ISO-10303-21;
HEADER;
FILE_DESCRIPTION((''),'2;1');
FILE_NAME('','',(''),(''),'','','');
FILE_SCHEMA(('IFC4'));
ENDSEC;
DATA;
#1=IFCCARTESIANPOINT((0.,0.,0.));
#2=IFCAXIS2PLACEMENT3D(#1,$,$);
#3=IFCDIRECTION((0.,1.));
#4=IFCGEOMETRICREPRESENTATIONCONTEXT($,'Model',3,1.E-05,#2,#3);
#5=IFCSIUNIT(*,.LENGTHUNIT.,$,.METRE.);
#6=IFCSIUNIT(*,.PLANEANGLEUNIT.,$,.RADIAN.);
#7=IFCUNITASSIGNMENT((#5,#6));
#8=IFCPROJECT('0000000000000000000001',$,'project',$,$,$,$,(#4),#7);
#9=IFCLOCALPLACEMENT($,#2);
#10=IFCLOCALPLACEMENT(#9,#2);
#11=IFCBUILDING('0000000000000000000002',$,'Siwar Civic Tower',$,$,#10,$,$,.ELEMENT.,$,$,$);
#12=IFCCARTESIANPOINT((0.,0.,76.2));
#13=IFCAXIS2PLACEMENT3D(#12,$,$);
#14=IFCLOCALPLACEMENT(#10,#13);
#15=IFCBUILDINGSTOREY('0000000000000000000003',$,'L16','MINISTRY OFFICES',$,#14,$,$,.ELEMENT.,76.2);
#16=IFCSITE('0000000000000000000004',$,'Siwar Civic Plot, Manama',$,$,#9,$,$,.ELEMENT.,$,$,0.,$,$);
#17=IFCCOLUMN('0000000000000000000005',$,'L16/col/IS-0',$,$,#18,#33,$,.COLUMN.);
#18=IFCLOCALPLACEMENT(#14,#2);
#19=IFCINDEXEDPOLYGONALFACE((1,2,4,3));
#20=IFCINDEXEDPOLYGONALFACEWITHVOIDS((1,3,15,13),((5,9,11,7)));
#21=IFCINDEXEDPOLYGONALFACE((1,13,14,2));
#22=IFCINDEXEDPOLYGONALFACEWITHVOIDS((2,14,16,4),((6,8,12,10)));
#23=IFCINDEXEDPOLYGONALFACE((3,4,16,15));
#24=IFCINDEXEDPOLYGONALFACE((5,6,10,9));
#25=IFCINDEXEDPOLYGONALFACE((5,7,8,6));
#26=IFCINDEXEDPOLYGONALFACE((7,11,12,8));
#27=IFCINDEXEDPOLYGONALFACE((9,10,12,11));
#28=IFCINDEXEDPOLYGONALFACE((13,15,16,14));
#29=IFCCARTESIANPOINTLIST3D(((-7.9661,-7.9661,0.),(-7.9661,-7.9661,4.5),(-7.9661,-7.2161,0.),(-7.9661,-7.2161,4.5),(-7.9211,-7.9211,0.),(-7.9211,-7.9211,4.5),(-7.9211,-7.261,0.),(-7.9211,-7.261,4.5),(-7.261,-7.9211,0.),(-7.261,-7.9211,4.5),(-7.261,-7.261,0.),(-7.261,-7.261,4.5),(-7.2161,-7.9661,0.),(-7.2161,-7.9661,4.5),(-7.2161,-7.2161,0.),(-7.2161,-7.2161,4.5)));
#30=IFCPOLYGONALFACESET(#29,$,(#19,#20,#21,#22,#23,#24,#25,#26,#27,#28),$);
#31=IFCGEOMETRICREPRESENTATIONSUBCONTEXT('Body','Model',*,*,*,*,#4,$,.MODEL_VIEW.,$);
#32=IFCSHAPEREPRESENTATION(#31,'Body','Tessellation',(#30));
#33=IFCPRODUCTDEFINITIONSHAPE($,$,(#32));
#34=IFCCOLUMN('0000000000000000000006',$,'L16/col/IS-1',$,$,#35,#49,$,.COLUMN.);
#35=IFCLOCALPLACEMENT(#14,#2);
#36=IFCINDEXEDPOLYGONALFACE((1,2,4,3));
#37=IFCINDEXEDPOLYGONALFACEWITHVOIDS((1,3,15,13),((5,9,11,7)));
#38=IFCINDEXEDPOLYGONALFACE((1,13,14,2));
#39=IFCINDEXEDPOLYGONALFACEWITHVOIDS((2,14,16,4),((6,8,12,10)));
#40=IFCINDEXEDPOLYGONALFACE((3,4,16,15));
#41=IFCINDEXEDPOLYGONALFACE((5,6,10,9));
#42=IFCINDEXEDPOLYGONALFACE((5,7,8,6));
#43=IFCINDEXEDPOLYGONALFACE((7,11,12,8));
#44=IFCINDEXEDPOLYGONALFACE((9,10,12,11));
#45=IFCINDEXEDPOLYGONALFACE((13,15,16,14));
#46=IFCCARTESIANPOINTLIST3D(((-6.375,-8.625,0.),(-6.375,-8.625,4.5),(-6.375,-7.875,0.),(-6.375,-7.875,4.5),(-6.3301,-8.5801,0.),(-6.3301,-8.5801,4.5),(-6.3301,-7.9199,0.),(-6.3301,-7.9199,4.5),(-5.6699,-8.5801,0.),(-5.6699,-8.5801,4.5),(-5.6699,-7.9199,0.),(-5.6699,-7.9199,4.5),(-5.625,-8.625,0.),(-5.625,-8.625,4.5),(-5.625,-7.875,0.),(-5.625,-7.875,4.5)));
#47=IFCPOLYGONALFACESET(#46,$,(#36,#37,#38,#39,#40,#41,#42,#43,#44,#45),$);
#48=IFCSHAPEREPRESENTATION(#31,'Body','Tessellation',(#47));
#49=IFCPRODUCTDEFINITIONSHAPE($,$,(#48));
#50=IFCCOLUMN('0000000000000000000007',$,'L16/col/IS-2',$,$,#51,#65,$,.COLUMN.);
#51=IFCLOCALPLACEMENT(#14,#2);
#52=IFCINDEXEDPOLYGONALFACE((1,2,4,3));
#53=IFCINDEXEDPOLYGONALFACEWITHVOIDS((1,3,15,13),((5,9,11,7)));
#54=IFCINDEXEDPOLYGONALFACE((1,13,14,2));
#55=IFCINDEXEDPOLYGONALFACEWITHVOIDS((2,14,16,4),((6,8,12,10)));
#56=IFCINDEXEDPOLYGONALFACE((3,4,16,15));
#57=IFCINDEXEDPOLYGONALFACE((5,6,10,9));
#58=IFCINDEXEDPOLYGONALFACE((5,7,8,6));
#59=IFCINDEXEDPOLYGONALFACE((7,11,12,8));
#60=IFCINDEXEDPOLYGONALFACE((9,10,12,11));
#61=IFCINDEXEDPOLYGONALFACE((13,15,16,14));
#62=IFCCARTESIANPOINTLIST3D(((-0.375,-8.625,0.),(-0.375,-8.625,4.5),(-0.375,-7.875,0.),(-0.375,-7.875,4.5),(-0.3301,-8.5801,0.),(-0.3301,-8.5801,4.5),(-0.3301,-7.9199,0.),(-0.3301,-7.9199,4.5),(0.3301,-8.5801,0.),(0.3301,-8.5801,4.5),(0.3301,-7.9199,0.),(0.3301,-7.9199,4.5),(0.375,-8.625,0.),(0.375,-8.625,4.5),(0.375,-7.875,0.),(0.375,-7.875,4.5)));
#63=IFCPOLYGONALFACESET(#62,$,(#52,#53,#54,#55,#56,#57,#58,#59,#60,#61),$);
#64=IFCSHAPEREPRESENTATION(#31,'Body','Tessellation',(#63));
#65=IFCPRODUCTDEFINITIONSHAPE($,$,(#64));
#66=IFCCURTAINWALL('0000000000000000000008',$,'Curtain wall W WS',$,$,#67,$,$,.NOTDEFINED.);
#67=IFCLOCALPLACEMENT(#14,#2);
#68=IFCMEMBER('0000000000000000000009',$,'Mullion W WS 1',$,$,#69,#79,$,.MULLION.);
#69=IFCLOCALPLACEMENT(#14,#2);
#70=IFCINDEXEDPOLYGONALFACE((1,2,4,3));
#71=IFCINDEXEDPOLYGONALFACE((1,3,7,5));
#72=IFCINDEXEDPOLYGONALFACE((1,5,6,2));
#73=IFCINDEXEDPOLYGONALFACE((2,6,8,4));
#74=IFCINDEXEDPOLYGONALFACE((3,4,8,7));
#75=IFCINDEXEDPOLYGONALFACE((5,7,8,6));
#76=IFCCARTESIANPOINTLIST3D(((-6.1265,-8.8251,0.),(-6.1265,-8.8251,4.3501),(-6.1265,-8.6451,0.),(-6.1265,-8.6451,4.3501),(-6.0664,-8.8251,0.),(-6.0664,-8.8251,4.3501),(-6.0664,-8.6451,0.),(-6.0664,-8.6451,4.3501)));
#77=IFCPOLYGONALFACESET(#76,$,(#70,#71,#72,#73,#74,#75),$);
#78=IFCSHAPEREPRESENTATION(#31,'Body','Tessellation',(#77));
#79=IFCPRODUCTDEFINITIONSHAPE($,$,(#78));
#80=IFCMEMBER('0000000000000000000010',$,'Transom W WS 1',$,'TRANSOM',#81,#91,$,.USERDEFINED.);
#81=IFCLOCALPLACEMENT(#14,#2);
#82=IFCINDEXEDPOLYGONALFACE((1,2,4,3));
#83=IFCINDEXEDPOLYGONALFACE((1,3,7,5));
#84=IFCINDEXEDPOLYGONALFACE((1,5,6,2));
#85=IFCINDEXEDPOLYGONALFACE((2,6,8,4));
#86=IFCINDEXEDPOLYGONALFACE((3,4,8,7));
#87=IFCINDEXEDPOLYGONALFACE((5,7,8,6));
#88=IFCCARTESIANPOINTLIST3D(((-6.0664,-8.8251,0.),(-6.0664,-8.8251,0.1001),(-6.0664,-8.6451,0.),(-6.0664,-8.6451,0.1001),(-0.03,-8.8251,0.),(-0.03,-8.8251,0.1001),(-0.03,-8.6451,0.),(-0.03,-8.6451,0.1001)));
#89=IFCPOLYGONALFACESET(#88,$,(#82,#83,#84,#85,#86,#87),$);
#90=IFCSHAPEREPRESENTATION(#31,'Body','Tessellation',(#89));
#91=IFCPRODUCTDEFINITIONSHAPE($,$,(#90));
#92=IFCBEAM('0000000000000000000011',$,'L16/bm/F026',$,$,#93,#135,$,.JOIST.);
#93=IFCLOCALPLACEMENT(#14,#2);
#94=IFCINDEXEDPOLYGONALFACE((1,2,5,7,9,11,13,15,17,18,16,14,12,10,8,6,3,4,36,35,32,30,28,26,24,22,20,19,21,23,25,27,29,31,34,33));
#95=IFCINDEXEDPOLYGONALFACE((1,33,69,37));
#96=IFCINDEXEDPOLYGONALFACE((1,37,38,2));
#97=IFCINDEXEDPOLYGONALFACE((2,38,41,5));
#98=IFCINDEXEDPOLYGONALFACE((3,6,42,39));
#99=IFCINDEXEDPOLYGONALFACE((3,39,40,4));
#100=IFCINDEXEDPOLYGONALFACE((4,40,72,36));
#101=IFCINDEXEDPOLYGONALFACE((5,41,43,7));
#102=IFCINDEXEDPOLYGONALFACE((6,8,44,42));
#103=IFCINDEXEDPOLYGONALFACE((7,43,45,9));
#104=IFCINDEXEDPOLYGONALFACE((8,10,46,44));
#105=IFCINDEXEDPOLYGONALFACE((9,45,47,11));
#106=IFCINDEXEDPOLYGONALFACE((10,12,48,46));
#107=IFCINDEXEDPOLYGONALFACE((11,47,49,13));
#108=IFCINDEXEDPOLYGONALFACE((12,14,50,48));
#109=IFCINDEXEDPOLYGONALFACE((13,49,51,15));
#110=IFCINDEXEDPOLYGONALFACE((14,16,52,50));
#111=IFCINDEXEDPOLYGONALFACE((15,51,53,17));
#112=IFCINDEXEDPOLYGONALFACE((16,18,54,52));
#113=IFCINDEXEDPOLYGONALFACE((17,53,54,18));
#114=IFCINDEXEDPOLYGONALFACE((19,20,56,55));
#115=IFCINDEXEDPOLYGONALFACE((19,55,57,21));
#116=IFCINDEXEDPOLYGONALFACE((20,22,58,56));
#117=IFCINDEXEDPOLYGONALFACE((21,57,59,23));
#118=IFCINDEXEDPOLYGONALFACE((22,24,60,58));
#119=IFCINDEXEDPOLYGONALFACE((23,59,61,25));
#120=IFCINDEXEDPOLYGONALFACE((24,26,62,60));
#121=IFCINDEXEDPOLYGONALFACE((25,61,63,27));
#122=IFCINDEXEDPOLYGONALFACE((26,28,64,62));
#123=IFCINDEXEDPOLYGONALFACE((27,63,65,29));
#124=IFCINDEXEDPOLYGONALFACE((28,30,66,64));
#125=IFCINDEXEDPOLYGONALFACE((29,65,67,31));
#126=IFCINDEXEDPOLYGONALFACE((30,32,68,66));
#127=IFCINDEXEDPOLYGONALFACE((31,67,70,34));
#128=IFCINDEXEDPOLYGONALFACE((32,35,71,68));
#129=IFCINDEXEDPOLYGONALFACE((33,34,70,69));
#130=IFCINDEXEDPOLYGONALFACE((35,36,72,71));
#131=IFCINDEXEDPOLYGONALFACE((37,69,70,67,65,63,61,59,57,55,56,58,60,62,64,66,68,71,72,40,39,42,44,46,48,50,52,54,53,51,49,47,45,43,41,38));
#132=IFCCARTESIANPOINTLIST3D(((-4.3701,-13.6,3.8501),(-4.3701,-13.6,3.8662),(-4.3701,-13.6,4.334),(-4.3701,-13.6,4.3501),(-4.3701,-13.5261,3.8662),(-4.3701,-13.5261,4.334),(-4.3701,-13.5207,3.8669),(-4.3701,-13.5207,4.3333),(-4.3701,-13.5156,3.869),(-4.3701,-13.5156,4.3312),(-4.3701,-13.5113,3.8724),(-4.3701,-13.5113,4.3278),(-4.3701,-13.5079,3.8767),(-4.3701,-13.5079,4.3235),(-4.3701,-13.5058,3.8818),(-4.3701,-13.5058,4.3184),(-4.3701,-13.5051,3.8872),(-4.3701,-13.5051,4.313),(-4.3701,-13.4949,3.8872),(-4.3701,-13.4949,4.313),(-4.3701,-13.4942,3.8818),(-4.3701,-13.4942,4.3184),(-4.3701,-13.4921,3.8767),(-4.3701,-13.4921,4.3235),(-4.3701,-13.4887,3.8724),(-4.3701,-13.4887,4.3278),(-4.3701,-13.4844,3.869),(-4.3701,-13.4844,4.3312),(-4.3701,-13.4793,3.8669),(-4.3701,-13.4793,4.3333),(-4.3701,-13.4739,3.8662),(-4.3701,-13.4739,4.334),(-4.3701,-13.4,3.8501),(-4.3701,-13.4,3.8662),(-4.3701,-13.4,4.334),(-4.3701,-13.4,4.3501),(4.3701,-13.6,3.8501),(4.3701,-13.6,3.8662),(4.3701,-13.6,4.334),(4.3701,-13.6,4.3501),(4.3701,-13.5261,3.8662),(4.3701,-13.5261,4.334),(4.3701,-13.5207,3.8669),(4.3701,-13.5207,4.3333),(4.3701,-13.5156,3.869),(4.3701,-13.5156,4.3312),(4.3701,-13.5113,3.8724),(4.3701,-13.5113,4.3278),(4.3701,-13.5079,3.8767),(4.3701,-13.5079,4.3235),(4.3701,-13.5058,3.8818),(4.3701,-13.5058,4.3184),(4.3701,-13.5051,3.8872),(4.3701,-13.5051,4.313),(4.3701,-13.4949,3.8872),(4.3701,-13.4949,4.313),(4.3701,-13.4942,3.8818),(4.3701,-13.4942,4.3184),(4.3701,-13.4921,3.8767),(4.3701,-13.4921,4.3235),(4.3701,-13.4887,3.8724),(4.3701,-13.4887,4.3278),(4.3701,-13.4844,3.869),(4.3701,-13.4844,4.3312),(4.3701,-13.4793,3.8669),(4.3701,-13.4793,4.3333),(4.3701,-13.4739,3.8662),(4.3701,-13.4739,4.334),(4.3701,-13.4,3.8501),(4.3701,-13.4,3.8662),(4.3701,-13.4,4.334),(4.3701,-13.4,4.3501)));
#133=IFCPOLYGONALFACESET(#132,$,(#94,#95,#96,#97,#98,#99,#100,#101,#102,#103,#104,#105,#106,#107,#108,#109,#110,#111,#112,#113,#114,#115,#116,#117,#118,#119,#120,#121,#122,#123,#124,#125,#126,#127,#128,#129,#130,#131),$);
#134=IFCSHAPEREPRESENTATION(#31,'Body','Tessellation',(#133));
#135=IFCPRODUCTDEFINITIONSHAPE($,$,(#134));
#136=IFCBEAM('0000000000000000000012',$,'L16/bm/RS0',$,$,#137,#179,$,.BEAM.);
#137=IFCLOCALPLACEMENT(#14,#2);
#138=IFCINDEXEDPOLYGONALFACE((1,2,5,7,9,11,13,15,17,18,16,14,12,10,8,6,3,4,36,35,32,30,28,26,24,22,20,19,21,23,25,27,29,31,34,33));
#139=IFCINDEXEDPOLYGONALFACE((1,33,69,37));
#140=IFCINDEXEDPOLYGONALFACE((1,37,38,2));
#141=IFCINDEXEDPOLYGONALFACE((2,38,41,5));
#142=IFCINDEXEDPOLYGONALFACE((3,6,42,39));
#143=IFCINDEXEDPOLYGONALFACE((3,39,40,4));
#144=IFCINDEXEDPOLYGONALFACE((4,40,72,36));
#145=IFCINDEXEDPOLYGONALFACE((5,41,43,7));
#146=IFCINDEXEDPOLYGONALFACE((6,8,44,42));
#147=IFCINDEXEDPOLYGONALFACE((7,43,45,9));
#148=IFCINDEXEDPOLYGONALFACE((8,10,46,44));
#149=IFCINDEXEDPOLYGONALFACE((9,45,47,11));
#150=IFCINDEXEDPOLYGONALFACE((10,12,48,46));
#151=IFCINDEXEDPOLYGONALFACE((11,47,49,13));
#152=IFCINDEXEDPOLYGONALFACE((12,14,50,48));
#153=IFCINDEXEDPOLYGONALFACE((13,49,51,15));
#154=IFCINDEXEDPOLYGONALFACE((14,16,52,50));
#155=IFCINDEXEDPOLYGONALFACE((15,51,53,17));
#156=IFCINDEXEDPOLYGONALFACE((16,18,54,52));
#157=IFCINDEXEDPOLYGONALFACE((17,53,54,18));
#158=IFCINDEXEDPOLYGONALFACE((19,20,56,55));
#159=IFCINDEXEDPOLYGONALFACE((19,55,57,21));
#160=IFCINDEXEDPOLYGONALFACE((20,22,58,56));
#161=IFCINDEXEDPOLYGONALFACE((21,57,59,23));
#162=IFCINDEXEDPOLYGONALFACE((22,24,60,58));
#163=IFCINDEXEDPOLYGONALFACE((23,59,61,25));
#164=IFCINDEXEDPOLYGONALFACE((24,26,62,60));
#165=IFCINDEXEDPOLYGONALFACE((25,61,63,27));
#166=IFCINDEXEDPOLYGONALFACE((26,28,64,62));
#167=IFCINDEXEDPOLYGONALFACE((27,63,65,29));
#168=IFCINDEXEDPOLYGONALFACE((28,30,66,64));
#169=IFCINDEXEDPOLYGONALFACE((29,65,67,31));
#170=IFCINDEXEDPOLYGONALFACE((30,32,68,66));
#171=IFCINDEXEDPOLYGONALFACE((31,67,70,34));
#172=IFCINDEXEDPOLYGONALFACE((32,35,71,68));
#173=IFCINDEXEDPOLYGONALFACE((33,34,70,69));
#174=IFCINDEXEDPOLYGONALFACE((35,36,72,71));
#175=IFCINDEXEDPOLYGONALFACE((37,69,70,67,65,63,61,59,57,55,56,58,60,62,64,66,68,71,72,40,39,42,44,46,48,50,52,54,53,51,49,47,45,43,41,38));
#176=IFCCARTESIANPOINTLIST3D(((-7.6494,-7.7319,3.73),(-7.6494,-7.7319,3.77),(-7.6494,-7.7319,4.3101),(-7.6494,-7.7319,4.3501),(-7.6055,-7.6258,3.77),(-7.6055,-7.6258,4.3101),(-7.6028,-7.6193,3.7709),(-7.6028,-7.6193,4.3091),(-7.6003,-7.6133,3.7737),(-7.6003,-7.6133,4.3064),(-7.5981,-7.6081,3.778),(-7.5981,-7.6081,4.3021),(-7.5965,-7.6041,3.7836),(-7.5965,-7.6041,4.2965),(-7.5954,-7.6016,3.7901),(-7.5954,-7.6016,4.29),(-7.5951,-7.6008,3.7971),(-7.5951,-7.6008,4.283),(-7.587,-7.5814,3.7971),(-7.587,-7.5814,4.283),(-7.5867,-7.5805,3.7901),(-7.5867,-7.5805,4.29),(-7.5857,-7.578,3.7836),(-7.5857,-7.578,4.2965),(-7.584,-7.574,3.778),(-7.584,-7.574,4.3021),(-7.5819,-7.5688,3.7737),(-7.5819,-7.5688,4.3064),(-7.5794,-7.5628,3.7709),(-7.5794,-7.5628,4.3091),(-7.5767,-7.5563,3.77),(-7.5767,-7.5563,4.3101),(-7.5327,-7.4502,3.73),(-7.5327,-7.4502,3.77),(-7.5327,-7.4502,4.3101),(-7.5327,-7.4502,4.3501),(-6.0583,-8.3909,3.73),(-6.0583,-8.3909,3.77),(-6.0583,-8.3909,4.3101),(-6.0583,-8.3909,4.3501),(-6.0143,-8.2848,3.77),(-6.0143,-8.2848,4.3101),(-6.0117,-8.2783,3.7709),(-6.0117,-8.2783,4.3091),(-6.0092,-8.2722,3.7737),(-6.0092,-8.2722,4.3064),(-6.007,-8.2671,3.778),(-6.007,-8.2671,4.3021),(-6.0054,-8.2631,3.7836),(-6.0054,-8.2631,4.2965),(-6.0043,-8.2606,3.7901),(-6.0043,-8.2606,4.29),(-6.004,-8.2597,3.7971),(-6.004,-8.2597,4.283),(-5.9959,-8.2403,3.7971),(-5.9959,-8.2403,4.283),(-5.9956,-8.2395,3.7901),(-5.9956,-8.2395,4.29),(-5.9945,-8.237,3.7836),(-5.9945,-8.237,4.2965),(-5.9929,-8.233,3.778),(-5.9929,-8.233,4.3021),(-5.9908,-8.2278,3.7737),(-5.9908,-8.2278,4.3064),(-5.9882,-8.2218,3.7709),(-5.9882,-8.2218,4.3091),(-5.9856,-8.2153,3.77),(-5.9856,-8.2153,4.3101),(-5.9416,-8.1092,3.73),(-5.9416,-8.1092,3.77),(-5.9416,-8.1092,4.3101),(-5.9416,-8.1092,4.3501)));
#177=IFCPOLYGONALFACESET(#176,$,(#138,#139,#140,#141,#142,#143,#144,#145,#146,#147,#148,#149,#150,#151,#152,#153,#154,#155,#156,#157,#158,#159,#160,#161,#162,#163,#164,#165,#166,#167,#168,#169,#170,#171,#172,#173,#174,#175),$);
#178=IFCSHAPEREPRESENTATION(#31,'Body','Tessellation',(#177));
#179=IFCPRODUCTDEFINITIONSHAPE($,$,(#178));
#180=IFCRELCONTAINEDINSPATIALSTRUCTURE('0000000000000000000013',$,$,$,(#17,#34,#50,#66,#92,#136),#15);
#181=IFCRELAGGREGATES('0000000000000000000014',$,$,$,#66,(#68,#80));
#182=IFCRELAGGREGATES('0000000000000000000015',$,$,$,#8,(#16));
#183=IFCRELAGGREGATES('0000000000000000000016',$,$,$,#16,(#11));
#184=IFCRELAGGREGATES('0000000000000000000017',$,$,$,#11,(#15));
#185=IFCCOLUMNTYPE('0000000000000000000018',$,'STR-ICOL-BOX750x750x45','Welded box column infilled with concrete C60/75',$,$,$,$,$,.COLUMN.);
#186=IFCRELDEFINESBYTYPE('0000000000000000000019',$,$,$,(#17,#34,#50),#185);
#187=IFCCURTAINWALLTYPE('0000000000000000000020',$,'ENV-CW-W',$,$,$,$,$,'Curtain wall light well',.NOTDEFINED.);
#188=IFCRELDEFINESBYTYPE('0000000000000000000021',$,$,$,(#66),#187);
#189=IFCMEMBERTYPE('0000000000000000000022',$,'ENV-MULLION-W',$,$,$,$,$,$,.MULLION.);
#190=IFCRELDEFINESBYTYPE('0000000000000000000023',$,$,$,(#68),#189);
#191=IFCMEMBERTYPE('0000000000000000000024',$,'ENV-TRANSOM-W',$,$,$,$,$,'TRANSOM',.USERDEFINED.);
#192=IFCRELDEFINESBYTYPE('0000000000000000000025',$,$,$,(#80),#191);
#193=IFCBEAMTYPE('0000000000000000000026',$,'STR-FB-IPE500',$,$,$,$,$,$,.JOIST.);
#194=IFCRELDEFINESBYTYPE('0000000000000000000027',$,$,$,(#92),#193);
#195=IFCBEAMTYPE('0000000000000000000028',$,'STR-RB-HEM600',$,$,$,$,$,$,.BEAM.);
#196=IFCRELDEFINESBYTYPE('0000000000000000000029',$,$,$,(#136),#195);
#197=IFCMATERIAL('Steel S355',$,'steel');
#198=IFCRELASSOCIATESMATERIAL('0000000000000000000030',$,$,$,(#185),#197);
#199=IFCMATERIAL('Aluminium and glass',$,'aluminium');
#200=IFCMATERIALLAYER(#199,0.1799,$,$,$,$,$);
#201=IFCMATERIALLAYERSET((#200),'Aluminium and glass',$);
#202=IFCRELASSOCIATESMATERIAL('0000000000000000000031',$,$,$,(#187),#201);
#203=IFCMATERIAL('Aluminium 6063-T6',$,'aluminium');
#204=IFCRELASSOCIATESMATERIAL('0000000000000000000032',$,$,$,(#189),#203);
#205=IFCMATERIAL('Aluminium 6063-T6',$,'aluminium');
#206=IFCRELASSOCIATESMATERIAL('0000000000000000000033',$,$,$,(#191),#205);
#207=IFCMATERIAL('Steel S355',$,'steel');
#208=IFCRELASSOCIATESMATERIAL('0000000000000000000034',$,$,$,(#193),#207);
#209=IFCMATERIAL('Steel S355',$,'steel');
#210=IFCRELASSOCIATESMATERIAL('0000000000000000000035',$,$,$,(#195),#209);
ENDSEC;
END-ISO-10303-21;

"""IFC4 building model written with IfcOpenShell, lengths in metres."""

from ifc_helpers import new_model, si_unit, direction, frame, origin, origin_2d, place, context, subcontext, project, spatial, rectangle, hollow_rectangle, i_section, extrude, material, layer, layer_set, material_profile, profile_set, type_object, element, aggregate, save


model = new_model("IFC4")

# Units and contexts
model_context = context("Model", 3, precision=1e-05, world=origin(), true_north=direction((0.0, 1.0)))
body_context = subcontext(model_context, "Body", "Model", "MODEL_VIEW")
ifc_project = project(units=[si_unit("LENGTHUNIT", "METRE"), si_unit("PLANEANGLEUNIT", "RADIAN")], contexts=[model_context])

# Site, building, storey
site_placement = place(None, origin())
site = spatial("IfcSite", under=ifc_project, at=site_placement, Name="Siwar Civic Plot, Manama", CompositionType="ELEMENT", RefElevation=0.0)
building_placement = place(site_placement, origin())
building = spatial("IfcBuilding", under=site, at=building_placement, Name="Siwar Civic Tower", CompositionType="ELEMENT")
storey_placement = place(building_placement, frame((0.0, 0.0, 76.2)))
storey = spatial("IfcBuildingStorey", under=building, at=storey_placement, Name="L16", Description="MINISTRY OFFICES", CompositionType="ELEMENT", Elevation=76.2)

# Columns
ifc_material_1 = material(Name="Steel S355", Category="steel")
ifc_material_profile_1 = material_profile(ifc_material_1, hollow_rectangle(XDim=0.75, YDim=0.75, WallThickness=0.0449, at=origin_2d()), Name="BOX750x750x45")
ifc_profile_set_1 = profile_set([ifc_material_profile_1], Name="Steel S355")
column_type = type_object("IfcColumnType", Name="STR-ICOL-BOX750x750x45", Description="Welded box column infilled with concrete C60/75", PredefinedType="COLUMN", material=ifc_profile_set_1)
for number, where, z_axis, x_axis, name in (
    (1, (-7.5911, -7.5911, 0.0), (0.0, 0.0, 1.0), (1.0, 0.0, 0.0), "L16/col/IS-0"),
    (2, (-6.0, -8.25, 0.0), (0.0, 0.0, 1.0), (1.0, 0.0, 0.0), "L16/col/IS-1"),
    (3, (0.0, -8.25, 0.0), (0.0, 0.0, 1.0), (1.0, 0.0, 0.0), "L16/col/IS-2"),
):
    element("IfcColumn", number, at=place(storey_placement, frame(where, z_axis=z_axis, x_axis=x_axis)), inside=storey, type_object=column_type, Name=name, PredefinedType="COLUMN", context=body_context, shape_type="SweptSolid", body=[
        extrude(hollow_rectangle(XDim=0.75, YDim=0.75, WallThickness=0.0449, at=origin_2d()), origin(), (0.0, 0.0, 1.0), 4.5),
    ])

# Curtain wall, members
ifc_material_2 = material(Name="Aluminium and glass", Category="aluminium")
ifc_layer_1 = layer(ifc_material_2, 0.1799)
ifc_layer_set_1 = layer_set([ifc_layer_1], Name="Aluminium and glass")
curtain_wall_type = type_object("IfcCurtainWallType", Name="ENV-CW-W", ElementType="Curtain wall light well", PredefinedType="NOTDEFINED", material=ifc_layer_set_1)
curtain_wall_placement = place(storey_placement, origin())
curtain_wall = element("IfcCurtainWall", 4, at=curtain_wall_placement, inside=storey, type_object=curtain_wall_type, Name="Curtain wall W WS", PredefinedType="NOTDEFINED")
ifc_material_3 = material(Name="Aluminium 6063-T6", Category="aluminium")
ifc_material_profile_2 = material_profile(ifc_material_3, rectangle(XDim=0.1799, YDim=0.0601, at=origin_2d()), Name="AL 180x60")
ifc_profile_set_2 = profile_set([ifc_material_profile_2], Name="Aluminium 6063-T6")
member_type_1 = type_object("IfcMemberType", Name="ENV-MULLION-W", PredefinedType="MULLION", material=ifc_profile_set_2)
member_1_placement = place(storey_placement, frame((-6.0964, -8.7351, 0.0), z_axis=(0.0, 0.0, 1.0), x_axis=(0.0, 1.0, 0.0)))
member_1 = element("IfcMember", 5, at=member_1_placement, type_object=member_type_1, Name="Mullion W WS 1", PredefinedType="MULLION", context=body_context, shape_type="SweptSolid", body=[
    extrude(rectangle(XDim=0.1799, YDim=0.0601, at=origin_2d()), origin(), (0.0, 0.0, 1.0), 4.3501),
])
ifc_material_4 = material(Name="Aluminium 6063-T6", Category="aluminium")
ifc_material_profile_3 = material_profile(ifc_material_4, rectangle(XDim=0.1799, YDim=0.1001, at=origin_2d()), Name="AL 180x100")
ifc_profile_set_3 = profile_set([ifc_material_profile_3], Name="Aluminium 6063-T6")
member_type_2 = type_object("IfcMemberType", Name="ENV-TRANSOM-W", ElementType="TRANSOM", PredefinedType="USERDEFINED", material=ifc_profile_set_3)
member_2_placement = place(storey_placement, frame((-6.0664, -8.7351, 0.05), z_axis=(1.0, 0.0, 0.0), x_axis=(0.0, 1.0, 0.0)))
member_2 = element("IfcMember", 6, at=member_2_placement, type_object=member_type_2, Name="Transom W WS 1", ObjectType="TRANSOM", PredefinedType="USERDEFINED", context=body_context, shape_type="SweptSolid", body=[
    extrude(rectangle(XDim=0.1799, YDim=0.1001, at=origin_2d()), origin(), (0.0, 0.0, 1.0), 6.0364),
])

# Beams
ifc_material_5 = material(Name="Steel S355", Category="steel")
ifc_material_profile_4 = material_profile(ifc_material_5, i_section(OverallWidth=0.2, OverallDepth=0.5, WebThickness=0.0103, FlangeThickness=0.0161, FilletRadius=0.021, at=origin_2d()), Name="IPE500")
ifc_profile_set_4 = profile_set([ifc_material_profile_4], Name="Steel S355")
beam_type_1 = type_object("IfcBeamType", Name="STR-FB-IPE500", PredefinedType="JOIST", material=ifc_profile_set_4)
beam_1_placement = place(storey_placement, frame((-4.3701, -13.5, 4.1001), z_axis=(1.0, 0.0, 0.0), x_axis=(0.0, 1.0, 0.0)))
element("IfcBeam", 7, at=beam_1_placement, inside=storey, type_object=beam_type_1, Name="L16/bm/F026", PredefinedType="JOIST", context=body_context, shape_type="SweptSolid", body=[
    extrude(i_section(OverallWidth=0.2, OverallDepth=0.5, WebThickness=0.0103, FlangeThickness=0.0161, FilletRadius=0.021, at=origin_2d()), origin(), (0.0, 0.0, 1.0), 8.7402),
])
ifc_material_6 = material(Name="Steel S355", Category="steel")
ifc_material_profile_5 = material_profile(ifc_material_6, i_section(OverallWidth=0.3049, OverallDepth=0.6201, WebThickness=0.021, FlangeThickness=0.04, FilletRadius=0.0271, at=origin_2d()), Name="HEM600")
ifc_profile_set_5 = profile_set([ifc_material_profile_5], Name="Steel S355")
beam_type_2 = type_object("IfcBeamType", Name="STR-RB-HEM600", PredefinedType="BEAM", material=ifc_profile_set_5)
beam_2_placement = place(storey_placement, frame((-7.5911, -7.5911, 4.04), z_axis=(0.923901, -0.382631, 0.0), x_axis=(0.382631, 0.923901, 0.0)))
element("IfcBeam", 8, at=beam_2_placement, inside=storey, type_object=beam_type_2, Name="L16/bm/RS0", PredefinedType="BEAM", context=body_context, shape_type="SweptSolid", body=[
    extrude(i_section(OverallWidth=0.3049, OverallDepth=0.6201, WebThickness=0.021, FlangeThickness=0.04, FilletRadius=0.0271, at=origin_2d()), origin(), (0.0, 0.0, 1.0), 1.7222),
])

aggregate(curtain_wall, [member_1, member_2])

save(model, "model.ifc")
